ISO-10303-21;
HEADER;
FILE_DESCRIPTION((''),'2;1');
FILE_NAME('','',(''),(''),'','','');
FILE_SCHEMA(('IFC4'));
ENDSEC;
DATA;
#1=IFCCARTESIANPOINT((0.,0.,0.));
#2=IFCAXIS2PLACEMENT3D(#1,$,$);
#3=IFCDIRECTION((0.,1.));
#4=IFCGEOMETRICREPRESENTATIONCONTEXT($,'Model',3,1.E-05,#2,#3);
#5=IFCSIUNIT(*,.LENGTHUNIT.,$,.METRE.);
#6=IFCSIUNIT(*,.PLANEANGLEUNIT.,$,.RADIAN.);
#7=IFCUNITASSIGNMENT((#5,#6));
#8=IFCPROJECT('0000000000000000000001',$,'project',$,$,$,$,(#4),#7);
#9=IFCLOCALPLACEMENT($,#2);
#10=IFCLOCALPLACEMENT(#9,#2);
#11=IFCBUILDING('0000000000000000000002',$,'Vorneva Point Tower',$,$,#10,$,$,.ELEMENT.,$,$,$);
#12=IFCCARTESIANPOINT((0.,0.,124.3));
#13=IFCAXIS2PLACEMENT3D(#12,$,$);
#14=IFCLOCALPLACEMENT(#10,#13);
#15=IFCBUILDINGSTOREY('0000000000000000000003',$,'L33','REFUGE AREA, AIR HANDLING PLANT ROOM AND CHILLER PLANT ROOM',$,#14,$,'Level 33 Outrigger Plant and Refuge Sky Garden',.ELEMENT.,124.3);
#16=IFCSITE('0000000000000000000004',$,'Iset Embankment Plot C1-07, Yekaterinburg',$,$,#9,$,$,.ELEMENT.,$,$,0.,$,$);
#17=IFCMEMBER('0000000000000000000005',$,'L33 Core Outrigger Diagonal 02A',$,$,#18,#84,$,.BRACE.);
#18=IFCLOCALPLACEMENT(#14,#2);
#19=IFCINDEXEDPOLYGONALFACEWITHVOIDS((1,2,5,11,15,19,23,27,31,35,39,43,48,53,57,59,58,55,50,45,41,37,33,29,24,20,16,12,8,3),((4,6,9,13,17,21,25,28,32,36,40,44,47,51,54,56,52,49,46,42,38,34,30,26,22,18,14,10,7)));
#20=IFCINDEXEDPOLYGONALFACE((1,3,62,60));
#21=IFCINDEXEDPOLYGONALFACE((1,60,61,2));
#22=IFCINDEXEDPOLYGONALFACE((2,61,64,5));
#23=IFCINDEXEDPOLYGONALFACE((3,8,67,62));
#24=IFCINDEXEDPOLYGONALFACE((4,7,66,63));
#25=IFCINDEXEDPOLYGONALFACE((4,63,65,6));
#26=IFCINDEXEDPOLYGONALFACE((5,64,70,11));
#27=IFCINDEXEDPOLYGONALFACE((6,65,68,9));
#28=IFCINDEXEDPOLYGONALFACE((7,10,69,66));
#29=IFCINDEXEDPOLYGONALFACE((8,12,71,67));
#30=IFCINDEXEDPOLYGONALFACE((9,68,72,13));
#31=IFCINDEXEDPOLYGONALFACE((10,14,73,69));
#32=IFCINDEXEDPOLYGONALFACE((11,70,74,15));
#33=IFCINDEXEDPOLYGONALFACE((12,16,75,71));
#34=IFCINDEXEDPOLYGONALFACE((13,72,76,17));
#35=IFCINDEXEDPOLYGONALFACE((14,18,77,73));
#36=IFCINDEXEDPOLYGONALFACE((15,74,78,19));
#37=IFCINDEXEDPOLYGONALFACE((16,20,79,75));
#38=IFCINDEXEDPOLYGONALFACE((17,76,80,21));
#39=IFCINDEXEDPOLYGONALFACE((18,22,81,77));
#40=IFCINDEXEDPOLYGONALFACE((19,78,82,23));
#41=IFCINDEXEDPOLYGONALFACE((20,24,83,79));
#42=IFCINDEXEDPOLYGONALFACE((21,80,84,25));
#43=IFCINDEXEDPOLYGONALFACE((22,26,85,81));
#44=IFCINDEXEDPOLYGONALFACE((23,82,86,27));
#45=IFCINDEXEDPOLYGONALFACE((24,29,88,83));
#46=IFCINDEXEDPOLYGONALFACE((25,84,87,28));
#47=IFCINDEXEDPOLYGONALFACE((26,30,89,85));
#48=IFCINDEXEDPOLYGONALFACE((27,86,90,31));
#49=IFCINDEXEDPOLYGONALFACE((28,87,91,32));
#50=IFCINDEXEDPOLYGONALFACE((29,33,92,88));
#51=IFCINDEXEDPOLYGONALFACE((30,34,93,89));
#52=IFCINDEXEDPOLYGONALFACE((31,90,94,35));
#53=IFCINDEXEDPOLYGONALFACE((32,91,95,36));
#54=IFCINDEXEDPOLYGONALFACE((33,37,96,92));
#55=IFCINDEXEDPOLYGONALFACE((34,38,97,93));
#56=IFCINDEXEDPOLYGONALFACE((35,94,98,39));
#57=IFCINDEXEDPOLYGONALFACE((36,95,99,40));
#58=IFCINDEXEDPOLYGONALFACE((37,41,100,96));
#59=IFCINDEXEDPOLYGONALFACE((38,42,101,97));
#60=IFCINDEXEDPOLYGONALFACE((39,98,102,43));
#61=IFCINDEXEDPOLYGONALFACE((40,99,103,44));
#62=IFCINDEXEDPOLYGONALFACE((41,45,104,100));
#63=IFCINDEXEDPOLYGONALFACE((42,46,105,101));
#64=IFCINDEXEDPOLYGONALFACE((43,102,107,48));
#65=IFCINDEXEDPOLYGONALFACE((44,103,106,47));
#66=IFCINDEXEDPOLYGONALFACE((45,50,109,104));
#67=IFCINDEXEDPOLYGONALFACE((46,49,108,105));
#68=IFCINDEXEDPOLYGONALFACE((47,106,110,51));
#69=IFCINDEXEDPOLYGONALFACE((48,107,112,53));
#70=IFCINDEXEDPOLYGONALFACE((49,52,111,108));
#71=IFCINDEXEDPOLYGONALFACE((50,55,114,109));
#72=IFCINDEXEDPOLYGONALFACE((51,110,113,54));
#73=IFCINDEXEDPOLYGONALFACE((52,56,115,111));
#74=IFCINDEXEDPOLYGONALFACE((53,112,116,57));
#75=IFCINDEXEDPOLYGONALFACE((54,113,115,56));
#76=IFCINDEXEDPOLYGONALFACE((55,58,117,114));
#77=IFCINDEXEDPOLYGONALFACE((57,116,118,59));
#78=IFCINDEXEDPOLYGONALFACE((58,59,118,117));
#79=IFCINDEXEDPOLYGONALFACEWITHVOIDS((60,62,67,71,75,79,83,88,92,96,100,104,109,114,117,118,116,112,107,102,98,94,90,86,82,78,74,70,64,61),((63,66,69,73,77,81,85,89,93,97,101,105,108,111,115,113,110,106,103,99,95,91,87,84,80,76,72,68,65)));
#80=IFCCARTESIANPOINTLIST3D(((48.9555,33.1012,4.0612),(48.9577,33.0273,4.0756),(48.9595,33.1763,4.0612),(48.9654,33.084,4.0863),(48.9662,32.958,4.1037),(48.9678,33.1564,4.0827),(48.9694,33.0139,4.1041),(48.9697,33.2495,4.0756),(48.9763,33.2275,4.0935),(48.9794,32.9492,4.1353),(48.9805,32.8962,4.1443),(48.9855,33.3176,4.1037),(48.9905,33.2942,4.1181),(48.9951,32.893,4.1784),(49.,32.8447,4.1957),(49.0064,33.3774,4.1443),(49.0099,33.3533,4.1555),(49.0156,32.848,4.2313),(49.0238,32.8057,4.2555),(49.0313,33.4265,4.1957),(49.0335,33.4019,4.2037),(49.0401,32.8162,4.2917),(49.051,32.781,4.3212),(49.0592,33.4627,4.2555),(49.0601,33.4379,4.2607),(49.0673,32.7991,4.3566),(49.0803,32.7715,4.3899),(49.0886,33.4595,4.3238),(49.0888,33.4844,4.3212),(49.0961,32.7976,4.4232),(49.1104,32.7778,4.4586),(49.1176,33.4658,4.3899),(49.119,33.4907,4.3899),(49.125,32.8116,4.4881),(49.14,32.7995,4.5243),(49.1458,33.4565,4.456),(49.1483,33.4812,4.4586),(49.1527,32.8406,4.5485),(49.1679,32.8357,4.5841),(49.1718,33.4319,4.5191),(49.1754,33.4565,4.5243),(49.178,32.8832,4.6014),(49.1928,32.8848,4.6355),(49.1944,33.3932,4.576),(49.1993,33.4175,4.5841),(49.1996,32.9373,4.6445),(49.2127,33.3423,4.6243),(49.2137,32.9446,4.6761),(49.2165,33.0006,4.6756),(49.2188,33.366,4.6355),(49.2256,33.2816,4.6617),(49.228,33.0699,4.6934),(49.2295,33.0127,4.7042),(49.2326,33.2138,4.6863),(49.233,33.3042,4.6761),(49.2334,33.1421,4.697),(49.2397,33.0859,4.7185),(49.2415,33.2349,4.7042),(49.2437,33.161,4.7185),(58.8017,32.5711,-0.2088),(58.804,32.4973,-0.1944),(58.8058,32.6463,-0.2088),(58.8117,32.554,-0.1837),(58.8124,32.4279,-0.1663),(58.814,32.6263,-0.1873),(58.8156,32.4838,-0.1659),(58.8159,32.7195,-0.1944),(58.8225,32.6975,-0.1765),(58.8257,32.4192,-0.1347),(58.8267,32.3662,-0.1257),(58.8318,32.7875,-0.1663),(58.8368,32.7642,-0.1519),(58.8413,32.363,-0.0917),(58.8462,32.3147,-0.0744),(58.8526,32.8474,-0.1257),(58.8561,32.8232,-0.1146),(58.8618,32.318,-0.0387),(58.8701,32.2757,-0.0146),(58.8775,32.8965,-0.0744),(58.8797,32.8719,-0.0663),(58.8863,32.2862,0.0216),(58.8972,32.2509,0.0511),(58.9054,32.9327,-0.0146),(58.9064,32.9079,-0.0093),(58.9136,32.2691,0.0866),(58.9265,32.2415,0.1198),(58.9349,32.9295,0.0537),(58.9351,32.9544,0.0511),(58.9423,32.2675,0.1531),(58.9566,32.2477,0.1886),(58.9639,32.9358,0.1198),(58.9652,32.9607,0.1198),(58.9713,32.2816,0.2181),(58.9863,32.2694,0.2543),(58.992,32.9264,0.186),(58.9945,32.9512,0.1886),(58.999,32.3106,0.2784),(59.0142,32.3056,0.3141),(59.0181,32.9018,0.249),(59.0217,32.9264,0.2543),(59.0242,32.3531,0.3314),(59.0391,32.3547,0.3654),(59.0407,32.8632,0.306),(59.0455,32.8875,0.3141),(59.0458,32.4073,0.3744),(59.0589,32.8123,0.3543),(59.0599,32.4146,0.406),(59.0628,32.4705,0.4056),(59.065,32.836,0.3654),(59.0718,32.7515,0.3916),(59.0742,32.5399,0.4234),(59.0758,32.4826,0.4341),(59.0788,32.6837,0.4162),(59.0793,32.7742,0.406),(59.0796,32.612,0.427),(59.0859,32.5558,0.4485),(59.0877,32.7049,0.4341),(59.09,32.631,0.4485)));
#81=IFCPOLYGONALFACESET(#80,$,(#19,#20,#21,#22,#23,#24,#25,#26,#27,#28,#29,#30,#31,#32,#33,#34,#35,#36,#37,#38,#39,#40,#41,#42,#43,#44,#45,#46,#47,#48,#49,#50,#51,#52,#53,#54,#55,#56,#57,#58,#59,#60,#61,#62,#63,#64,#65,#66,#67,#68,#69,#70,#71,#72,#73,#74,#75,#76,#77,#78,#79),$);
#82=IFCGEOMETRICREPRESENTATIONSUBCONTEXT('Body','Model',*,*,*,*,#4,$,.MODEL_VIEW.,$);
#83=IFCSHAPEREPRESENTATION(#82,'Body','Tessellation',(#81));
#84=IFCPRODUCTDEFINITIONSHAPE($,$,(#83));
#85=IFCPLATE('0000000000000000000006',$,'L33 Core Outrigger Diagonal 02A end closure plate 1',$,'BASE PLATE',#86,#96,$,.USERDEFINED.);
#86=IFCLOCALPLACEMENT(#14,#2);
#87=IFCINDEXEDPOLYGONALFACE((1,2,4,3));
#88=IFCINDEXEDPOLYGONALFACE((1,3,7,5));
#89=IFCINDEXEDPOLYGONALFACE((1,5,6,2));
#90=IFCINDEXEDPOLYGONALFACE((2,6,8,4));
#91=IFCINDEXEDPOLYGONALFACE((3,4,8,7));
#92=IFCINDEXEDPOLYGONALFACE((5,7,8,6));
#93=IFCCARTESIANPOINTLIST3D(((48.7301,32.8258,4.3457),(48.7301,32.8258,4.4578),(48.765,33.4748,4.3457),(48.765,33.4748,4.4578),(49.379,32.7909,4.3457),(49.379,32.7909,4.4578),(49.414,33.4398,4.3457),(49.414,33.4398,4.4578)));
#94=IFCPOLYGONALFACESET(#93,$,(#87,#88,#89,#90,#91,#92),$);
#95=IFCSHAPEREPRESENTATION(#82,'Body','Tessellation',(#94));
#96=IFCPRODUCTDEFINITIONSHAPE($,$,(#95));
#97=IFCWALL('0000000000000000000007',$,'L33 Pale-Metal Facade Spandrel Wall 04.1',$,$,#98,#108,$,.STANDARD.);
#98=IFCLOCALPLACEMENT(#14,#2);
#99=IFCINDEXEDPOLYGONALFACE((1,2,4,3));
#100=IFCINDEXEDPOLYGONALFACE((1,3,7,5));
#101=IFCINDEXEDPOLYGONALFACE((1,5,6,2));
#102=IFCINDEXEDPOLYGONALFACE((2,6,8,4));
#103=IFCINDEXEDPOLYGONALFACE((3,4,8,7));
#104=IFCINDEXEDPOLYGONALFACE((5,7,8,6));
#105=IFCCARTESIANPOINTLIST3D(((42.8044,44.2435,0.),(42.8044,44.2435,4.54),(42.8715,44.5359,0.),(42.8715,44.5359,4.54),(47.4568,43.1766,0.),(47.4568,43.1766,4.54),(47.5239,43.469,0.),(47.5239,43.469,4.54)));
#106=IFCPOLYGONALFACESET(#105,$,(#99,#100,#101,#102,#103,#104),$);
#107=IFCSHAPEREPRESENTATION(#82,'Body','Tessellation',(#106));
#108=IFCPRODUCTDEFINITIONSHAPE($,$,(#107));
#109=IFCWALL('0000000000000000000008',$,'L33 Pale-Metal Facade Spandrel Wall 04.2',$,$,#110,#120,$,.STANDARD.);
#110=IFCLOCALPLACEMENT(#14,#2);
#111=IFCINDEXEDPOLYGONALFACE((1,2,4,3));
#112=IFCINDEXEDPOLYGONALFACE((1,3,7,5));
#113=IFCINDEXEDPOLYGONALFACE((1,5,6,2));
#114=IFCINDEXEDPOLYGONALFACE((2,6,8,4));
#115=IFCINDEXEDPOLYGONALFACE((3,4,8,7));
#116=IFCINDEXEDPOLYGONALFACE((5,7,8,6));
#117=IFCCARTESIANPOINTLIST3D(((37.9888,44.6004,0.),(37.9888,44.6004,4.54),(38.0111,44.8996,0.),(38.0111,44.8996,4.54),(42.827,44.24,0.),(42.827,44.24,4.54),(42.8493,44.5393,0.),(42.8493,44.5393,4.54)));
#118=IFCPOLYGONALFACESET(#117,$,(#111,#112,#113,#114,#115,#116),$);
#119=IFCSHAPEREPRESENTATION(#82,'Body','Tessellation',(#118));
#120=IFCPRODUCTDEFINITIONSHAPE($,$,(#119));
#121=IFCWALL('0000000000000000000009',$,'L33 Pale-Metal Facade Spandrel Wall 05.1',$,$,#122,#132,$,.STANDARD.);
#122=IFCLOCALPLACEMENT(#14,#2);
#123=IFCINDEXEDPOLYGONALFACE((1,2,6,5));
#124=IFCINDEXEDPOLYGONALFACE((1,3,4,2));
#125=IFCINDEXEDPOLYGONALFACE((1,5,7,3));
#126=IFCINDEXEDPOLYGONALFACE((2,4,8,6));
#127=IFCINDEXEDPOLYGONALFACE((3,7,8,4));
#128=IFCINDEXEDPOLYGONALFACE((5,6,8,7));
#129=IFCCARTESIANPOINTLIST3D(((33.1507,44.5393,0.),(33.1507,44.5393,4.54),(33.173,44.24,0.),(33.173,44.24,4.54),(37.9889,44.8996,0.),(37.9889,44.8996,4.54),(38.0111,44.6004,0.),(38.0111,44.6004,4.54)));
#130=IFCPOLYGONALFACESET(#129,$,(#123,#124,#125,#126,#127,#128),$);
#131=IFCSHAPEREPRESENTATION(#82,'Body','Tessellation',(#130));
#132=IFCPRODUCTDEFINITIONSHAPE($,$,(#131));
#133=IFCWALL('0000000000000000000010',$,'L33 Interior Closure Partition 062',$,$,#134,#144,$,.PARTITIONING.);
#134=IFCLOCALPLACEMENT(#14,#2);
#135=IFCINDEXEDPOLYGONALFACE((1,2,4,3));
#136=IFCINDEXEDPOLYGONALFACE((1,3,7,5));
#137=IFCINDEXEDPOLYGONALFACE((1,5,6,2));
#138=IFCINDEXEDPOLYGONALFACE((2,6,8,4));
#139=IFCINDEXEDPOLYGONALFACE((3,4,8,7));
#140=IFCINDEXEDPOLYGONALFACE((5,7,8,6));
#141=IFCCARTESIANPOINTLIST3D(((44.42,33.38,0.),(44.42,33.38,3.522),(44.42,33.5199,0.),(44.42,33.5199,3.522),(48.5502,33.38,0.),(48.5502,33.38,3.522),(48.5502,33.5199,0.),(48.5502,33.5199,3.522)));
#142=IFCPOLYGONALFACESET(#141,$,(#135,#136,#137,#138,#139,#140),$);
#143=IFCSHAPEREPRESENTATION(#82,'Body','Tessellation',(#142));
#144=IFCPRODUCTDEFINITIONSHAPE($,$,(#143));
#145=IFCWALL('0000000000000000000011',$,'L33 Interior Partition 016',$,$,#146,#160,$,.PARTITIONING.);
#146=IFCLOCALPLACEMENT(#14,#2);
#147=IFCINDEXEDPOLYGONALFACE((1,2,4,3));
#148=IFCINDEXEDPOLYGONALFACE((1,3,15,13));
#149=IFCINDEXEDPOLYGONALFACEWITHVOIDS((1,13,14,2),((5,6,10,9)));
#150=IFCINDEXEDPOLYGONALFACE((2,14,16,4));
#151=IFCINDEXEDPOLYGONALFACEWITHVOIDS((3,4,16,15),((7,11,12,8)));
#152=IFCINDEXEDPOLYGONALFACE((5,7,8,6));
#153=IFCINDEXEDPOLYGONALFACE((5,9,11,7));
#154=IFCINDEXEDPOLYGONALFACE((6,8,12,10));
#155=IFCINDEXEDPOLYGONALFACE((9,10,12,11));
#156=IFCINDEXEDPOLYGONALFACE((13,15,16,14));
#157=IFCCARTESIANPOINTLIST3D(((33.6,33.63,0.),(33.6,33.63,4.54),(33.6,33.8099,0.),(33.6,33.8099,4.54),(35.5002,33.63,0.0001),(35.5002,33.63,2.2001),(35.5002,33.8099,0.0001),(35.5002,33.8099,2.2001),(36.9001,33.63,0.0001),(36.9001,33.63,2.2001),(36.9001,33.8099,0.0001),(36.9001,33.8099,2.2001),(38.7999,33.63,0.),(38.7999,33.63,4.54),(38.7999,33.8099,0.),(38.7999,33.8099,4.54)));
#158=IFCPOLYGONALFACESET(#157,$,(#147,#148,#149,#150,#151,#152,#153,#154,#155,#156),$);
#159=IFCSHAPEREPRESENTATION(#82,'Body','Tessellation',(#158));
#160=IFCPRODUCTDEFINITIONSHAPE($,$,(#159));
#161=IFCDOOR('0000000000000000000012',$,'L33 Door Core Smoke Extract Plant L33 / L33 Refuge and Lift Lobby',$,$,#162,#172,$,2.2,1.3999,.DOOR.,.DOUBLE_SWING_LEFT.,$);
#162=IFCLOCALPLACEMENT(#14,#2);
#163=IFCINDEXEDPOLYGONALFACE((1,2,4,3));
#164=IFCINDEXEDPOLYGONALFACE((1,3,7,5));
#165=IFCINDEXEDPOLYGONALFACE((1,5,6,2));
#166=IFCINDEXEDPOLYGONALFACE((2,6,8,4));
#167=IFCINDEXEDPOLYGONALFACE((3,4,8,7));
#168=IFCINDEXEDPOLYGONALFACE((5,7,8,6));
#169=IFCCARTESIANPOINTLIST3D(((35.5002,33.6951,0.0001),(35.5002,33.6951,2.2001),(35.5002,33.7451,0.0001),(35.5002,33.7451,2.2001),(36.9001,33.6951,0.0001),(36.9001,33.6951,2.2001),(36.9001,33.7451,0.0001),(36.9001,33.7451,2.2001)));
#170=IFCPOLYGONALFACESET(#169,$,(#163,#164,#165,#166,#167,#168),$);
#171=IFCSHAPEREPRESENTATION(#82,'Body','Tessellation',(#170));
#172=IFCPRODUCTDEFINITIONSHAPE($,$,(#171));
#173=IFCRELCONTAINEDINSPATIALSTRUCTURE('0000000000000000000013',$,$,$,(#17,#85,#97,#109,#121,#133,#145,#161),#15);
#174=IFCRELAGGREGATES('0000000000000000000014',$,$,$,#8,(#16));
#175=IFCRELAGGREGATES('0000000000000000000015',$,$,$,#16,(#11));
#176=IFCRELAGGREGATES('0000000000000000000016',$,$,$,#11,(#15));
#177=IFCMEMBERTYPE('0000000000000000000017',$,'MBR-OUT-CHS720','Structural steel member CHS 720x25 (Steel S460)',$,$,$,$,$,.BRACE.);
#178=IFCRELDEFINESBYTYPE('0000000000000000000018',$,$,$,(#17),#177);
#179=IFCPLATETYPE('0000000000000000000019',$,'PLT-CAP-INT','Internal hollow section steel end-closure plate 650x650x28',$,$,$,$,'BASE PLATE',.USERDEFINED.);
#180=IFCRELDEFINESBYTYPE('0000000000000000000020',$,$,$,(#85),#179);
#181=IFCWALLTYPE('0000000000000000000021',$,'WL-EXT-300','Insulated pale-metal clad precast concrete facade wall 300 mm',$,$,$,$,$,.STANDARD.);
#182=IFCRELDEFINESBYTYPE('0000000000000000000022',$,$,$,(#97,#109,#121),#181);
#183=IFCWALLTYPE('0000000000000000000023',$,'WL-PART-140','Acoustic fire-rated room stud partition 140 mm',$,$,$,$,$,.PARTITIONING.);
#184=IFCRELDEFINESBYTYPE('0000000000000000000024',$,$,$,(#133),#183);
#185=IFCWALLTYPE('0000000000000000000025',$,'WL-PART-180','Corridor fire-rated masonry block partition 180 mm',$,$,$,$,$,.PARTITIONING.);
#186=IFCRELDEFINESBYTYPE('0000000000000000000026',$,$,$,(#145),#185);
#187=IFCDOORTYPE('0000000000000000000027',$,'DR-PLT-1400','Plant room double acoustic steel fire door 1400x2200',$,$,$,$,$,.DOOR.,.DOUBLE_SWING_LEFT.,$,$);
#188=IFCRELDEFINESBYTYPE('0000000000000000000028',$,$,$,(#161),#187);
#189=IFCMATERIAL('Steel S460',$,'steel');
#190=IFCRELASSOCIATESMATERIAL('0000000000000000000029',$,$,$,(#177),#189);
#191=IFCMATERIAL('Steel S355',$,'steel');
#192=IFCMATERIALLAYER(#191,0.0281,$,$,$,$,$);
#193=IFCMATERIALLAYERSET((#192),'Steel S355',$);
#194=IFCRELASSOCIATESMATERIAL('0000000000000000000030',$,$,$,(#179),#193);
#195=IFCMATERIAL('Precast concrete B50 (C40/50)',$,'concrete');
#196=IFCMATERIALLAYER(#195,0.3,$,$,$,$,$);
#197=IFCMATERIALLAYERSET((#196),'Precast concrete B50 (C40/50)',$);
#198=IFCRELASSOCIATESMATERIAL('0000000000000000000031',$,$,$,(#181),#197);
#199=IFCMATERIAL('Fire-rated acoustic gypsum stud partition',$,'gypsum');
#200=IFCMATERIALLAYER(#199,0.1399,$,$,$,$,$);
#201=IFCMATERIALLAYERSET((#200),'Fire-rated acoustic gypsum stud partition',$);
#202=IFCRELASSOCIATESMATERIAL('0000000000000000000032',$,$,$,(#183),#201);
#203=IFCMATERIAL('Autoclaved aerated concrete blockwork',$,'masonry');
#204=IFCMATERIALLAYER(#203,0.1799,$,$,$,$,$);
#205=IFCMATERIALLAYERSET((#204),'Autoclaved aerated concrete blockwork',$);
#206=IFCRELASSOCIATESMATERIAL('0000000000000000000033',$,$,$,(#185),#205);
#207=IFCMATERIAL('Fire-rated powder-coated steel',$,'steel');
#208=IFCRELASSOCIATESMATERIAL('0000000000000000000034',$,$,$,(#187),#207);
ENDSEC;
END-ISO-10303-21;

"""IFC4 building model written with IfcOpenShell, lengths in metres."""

from ifc_helpers import new_model, si_unit, direction, frame, frame_2d, origin, origin_2d, place, context, subcontext, project, spatial, rectangle, hollow_circle, extrude, material, layer, layer_set, material_profile, profile_set, type_object, element, fill, save


model = new_model("IFC4")

# Units and contexts
model_context = context("Model", 3, precision=1e-05, world=origin(), true_north=direction((0.0, 1.0)))
body_context = subcontext(model_context, "Body", "Model", "MODEL_VIEW")
ifc_project = project(units=[si_unit("LENGTHUNIT", "METRE"), si_unit("PLANEANGLEUNIT", "RADIAN")], contexts=[model_context])

# Site, building, storey
site_placement = place(None, origin())
site = spatial("IfcSite", under=ifc_project, at=site_placement, Name="Iset Embankment Plot C1-07, Yekaterinburg", CompositionType="ELEMENT", RefElevation=0.0)
building_placement = place(site_placement, origin())
building = spatial("IfcBuilding", under=site, at=building_placement, Name="Vorneva Point Tower", CompositionType="ELEMENT")
storey_placement = place(building_placement, frame((0.0, 0.0, 124.3)))
storey = spatial("IfcBuildingStorey", under=building, at=storey_placement, Name="L33", Description="REFUGE AREA, AIR HANDLING PLANT ROOM AND CHILLER PLANT ROOM", LongName="Level 33 Outrigger Plant and Refuge Sky Garden", CompositionType="ELEMENT", Elevation=124.3)

# Shared definitions
ifc_material_1 = material(Name="Steel S460", Category="steel")
ifc_material_2 = material(Name="Steel S355", Category="steel")

# Member
ifc_material_profile_1 = material_profile(ifc_material_1, hollow_circle(Radius=0.3601, WallThickness=0.0249, at=origin_2d()), Name="CHS 720x25")
ifc_profile_set_1 = profile_set([ifc_material_profile_1], Name="Steel S460")
member_type = type_object("IfcMemberType", Name="MBR-OUT-CHS720", Description="Structural steel member CHS 720x25 (Steel S460)", PredefinedType="BRACE", material=ifc_profile_set_1)
member_placement = place(storey_placement, frame((49.0996, 33.1311, 4.3899), z_axis=(0.916325, -0.049327, -0.397385), x_axis=(0.053753, 0.998554, 0.0)))
element("IfcMember", 1, at=member_placement, inside=storey, type_object=member_type, Name="L33 Core Outrigger Diagonal 02A", PredefinedType="BRACE", context=body_context, shape_type="SweptSolid", body=[
    extrude(hollow_circle(Radius=0.3601, WallThickness=0.0249, at=origin_2d()), origin(), (0.0, 0.0, 1.0), 10.7454),
])

# Plate
ifc_layer_1 = layer(ifc_material_2, 0.0281)
ifc_layer_set_1 = layer_set([ifc_layer_1], Name="Steel S355")
plate_type = type_object("IfcPlateType", Name="PLT-CAP-INT", Description="Internal hollow section steel end-closure plate 650x650x28", ElementType="BASE PLATE", PredefinedType="USERDEFINED", material=ifc_layer_set_1)
plate_placement = place(storey_placement, frame((49.072, 33.1328, 4.3457), z_axis=(0.0, 0.0, 1.0), x_axis=(0.998554, -0.053765, 0.0)))
element("IfcPlate", 2, at=plate_placement, inside=storey, type_object=plate_type, Name="L33 Core Outrigger Diagonal 02A end closure plate 1", ObjectType="BASE PLATE", PredefinedType="USERDEFINED", context=body_context, shape_type="SweptSolid", body=[
    extrude(rectangle(XDim=0.6499, YDim=0.6499, at=origin_2d()), origin(), (0.0, 0.0, 1.0), 0.1121),
])

# Walls
ifc_material_3 = material(Name="Precast concrete B50 (C40/50)", Category="concrete")
ifc_layer_2 = layer(ifc_material_3, 0.3)
ifc_layer_set_2 = layer_set([ifc_layer_2], Name="Precast concrete B50 (C40/50)")
wall_type_1 = type_object("IfcWallType", Name="WL-EXT-300", Description="Insulated pale-metal clad precast concrete facade wall 300 mm", PredefinedType="STANDARD", material=ifc_layer_set_2)
wall_1_placement = place(storey_placement, frame((47.4905, 43.3228, 0.0), z_axis=(0.0, 0.0, 1.0), x_axis=(-0.974699, 0.223522, 0.0)))
element("IfcWall", 3, at=wall_1_placement, inside=storey, type_object=wall_type_1, Name="L33 Pale-Metal Facade Spandrel Wall 04.1", PredefinedType="STANDARD", context=body_context, shape_type="SweptSolid", body=[
    extrude(rectangle(XDim=4.7732, YDim=0.3, at=frame_2d((2.3867, 0.0))), origin(), (0.0, 0.0, 1.0), 4.54),
])
for number, where, z_axis, x_axis, name in (
    (4, (42.8381, 44.3896, 0.0), (0.0, 0.0, 1.0), (-0.997238, 0.074276, 0.0), "L33 Pale-Metal Facade Spandrel Wall 04.2"),
    (5, (38.0, 44.75, 0.0), (0.0, 0.0, 1.0), (-0.997238, -0.074276, 0.0), "L33 Pale-Metal Facade Spandrel Wall 05.1"),
):
    element("IfcWall", number, at=place(storey_placement, frame(where, z_axis=z_axis, x_axis=x_axis)), inside=storey, type_object=wall_type_1, Name=name, PredefinedType="STANDARD", context=body_context, shape_type="SweptSolid", body=[
        extrude(rectangle(XDim=4.8516, YDim=0.3, at=frame_2d((2.4258, 0.0))), origin(), (0.0, 0.0, 1.0), 4.54),
    ])
ifc_material_4 = material(Name="Fire-rated acoustic gypsum stud partition", Category="gypsum")
ifc_layer_3 = layer(ifc_material_4, 0.1399)
ifc_layer_set_3 = layer_set([ifc_layer_3], Name="Fire-rated acoustic gypsum stud partition")
wall_type_2 = type_object("IfcWallType", Name="WL-PART-140", Description="Acoustic fire-rated room stud partition 140 mm", PredefinedType="PARTITIONING", material=ifc_layer_set_3)
wall_2_placement = place(storey_placement, frame((48.55, 33.45, 0.0), z_axis=(0.0, 0.0, 1.0), x_axis=(-1.0, 0.0, 0.0)))
element("IfcWall", 6, at=wall_2_placement, inside=storey, type_object=wall_type_2, Name="L33 Interior Closure Partition 062", PredefinedType="PARTITIONING", context=body_context, shape_type="SweptSolid", body=[
    extrude(rectangle(XDim=4.1301, YDim=0.1399, at=frame_2d((2.0649, 0.0))), origin(), (0.0, 0.0, 1.0), 3.522),
])

# Wall, opening, door
ifc_material_5 = material(Name="Autoclaved aerated concrete blockwork", Category="masonry")
ifc_layer_4 = layer(ifc_material_5, 0.1799)
ifc_layer_set_4 = layer_set([ifc_layer_4], Name="Autoclaved aerated concrete blockwork")
wall_type_3 = type_object("IfcWallType", Name="WL-PART-180", Description="Corridor fire-rated masonry block partition 180 mm", PredefinedType="PARTITIONING", material=ifc_layer_set_4)
wall_3_placement = place(storey_placement, frame((38.8, 33.72, 0.0), z_axis=(0.0, 0.0, 1.0), x_axis=(-1.0, 0.0, 0.0)))
wall_3 = element("IfcWall", 7, at=wall_3_placement, inside=storey, type_object=wall_type_3, Name="L33 Interior Partition 016", PredefinedType="PARTITIONING", context=body_context, shape_type="SweptSolid", body=[
    extrude(rectangle(XDim=5.2, YDim=0.1799, at=frame_2d((2.6001, 0.0))), origin(), (0.0, 0.0, 1.0), 4.54),
])
opening_1_placement = place(wall_3_placement, frame((1.8999, 0.0, 0.0)))
opening_1 = element("IfcOpeningElement", 8, at=opening_1_placement, cuts=wall_3, PredefinedType="OPENING", context=body_context, shape_type="SweptSolid", body=[
    extrude(rectangle(XDim=1.3999, YDim=2.2, at=frame_2d((0.7, 1.1001))), frame((0.0, 0.105, 0.0), z_axis=(0.0, -1.0, 0.0), x_axis=(1.0, 0.0, 0.0)), (0.0, 0.0, 1.0), 0.2097),
])
ifc_material_6 = material(Name="Fire-rated powder-coated steel", Category="steel")
door_type_1 = type_object("IfcDoorType", Name="DR-PLT-1400", Description="Plant room double acoustic steel fire door 1400x2200", OperationType="DOUBLE_SWING_LEFT", PredefinedType="DOOR", material=ifc_material_6)
door_1_placement = place(opening_1_placement, origin())
door_1 = element("IfcDoor", 9, at=door_1_placement, inside=storey, type_object=door_type_1, Name="L33 Door Core Smoke Extract Plant L33 / L33 Refuge and Lift Lobby", OperationType="DOUBLE_SWING_LEFT", OverallHeight=2.2, OverallWidth=1.3999, PredefinedType="DOOR", context=body_context, shape_type="SweptSolid", body=[
    extrude(rectangle(XDim=1.3999, YDim=2.2, at=frame_2d((0.7, 1.1001))), frame((0.0, 0.0249, 0.0), z_axis=(0.0, -1.0, 0.0), x_axis=(1.0, 0.0, 0.0)), (0.0, 0.0, 1.0), 0.05),
])
fill(opening_1, door_1)

save(model, "model.ifc")
